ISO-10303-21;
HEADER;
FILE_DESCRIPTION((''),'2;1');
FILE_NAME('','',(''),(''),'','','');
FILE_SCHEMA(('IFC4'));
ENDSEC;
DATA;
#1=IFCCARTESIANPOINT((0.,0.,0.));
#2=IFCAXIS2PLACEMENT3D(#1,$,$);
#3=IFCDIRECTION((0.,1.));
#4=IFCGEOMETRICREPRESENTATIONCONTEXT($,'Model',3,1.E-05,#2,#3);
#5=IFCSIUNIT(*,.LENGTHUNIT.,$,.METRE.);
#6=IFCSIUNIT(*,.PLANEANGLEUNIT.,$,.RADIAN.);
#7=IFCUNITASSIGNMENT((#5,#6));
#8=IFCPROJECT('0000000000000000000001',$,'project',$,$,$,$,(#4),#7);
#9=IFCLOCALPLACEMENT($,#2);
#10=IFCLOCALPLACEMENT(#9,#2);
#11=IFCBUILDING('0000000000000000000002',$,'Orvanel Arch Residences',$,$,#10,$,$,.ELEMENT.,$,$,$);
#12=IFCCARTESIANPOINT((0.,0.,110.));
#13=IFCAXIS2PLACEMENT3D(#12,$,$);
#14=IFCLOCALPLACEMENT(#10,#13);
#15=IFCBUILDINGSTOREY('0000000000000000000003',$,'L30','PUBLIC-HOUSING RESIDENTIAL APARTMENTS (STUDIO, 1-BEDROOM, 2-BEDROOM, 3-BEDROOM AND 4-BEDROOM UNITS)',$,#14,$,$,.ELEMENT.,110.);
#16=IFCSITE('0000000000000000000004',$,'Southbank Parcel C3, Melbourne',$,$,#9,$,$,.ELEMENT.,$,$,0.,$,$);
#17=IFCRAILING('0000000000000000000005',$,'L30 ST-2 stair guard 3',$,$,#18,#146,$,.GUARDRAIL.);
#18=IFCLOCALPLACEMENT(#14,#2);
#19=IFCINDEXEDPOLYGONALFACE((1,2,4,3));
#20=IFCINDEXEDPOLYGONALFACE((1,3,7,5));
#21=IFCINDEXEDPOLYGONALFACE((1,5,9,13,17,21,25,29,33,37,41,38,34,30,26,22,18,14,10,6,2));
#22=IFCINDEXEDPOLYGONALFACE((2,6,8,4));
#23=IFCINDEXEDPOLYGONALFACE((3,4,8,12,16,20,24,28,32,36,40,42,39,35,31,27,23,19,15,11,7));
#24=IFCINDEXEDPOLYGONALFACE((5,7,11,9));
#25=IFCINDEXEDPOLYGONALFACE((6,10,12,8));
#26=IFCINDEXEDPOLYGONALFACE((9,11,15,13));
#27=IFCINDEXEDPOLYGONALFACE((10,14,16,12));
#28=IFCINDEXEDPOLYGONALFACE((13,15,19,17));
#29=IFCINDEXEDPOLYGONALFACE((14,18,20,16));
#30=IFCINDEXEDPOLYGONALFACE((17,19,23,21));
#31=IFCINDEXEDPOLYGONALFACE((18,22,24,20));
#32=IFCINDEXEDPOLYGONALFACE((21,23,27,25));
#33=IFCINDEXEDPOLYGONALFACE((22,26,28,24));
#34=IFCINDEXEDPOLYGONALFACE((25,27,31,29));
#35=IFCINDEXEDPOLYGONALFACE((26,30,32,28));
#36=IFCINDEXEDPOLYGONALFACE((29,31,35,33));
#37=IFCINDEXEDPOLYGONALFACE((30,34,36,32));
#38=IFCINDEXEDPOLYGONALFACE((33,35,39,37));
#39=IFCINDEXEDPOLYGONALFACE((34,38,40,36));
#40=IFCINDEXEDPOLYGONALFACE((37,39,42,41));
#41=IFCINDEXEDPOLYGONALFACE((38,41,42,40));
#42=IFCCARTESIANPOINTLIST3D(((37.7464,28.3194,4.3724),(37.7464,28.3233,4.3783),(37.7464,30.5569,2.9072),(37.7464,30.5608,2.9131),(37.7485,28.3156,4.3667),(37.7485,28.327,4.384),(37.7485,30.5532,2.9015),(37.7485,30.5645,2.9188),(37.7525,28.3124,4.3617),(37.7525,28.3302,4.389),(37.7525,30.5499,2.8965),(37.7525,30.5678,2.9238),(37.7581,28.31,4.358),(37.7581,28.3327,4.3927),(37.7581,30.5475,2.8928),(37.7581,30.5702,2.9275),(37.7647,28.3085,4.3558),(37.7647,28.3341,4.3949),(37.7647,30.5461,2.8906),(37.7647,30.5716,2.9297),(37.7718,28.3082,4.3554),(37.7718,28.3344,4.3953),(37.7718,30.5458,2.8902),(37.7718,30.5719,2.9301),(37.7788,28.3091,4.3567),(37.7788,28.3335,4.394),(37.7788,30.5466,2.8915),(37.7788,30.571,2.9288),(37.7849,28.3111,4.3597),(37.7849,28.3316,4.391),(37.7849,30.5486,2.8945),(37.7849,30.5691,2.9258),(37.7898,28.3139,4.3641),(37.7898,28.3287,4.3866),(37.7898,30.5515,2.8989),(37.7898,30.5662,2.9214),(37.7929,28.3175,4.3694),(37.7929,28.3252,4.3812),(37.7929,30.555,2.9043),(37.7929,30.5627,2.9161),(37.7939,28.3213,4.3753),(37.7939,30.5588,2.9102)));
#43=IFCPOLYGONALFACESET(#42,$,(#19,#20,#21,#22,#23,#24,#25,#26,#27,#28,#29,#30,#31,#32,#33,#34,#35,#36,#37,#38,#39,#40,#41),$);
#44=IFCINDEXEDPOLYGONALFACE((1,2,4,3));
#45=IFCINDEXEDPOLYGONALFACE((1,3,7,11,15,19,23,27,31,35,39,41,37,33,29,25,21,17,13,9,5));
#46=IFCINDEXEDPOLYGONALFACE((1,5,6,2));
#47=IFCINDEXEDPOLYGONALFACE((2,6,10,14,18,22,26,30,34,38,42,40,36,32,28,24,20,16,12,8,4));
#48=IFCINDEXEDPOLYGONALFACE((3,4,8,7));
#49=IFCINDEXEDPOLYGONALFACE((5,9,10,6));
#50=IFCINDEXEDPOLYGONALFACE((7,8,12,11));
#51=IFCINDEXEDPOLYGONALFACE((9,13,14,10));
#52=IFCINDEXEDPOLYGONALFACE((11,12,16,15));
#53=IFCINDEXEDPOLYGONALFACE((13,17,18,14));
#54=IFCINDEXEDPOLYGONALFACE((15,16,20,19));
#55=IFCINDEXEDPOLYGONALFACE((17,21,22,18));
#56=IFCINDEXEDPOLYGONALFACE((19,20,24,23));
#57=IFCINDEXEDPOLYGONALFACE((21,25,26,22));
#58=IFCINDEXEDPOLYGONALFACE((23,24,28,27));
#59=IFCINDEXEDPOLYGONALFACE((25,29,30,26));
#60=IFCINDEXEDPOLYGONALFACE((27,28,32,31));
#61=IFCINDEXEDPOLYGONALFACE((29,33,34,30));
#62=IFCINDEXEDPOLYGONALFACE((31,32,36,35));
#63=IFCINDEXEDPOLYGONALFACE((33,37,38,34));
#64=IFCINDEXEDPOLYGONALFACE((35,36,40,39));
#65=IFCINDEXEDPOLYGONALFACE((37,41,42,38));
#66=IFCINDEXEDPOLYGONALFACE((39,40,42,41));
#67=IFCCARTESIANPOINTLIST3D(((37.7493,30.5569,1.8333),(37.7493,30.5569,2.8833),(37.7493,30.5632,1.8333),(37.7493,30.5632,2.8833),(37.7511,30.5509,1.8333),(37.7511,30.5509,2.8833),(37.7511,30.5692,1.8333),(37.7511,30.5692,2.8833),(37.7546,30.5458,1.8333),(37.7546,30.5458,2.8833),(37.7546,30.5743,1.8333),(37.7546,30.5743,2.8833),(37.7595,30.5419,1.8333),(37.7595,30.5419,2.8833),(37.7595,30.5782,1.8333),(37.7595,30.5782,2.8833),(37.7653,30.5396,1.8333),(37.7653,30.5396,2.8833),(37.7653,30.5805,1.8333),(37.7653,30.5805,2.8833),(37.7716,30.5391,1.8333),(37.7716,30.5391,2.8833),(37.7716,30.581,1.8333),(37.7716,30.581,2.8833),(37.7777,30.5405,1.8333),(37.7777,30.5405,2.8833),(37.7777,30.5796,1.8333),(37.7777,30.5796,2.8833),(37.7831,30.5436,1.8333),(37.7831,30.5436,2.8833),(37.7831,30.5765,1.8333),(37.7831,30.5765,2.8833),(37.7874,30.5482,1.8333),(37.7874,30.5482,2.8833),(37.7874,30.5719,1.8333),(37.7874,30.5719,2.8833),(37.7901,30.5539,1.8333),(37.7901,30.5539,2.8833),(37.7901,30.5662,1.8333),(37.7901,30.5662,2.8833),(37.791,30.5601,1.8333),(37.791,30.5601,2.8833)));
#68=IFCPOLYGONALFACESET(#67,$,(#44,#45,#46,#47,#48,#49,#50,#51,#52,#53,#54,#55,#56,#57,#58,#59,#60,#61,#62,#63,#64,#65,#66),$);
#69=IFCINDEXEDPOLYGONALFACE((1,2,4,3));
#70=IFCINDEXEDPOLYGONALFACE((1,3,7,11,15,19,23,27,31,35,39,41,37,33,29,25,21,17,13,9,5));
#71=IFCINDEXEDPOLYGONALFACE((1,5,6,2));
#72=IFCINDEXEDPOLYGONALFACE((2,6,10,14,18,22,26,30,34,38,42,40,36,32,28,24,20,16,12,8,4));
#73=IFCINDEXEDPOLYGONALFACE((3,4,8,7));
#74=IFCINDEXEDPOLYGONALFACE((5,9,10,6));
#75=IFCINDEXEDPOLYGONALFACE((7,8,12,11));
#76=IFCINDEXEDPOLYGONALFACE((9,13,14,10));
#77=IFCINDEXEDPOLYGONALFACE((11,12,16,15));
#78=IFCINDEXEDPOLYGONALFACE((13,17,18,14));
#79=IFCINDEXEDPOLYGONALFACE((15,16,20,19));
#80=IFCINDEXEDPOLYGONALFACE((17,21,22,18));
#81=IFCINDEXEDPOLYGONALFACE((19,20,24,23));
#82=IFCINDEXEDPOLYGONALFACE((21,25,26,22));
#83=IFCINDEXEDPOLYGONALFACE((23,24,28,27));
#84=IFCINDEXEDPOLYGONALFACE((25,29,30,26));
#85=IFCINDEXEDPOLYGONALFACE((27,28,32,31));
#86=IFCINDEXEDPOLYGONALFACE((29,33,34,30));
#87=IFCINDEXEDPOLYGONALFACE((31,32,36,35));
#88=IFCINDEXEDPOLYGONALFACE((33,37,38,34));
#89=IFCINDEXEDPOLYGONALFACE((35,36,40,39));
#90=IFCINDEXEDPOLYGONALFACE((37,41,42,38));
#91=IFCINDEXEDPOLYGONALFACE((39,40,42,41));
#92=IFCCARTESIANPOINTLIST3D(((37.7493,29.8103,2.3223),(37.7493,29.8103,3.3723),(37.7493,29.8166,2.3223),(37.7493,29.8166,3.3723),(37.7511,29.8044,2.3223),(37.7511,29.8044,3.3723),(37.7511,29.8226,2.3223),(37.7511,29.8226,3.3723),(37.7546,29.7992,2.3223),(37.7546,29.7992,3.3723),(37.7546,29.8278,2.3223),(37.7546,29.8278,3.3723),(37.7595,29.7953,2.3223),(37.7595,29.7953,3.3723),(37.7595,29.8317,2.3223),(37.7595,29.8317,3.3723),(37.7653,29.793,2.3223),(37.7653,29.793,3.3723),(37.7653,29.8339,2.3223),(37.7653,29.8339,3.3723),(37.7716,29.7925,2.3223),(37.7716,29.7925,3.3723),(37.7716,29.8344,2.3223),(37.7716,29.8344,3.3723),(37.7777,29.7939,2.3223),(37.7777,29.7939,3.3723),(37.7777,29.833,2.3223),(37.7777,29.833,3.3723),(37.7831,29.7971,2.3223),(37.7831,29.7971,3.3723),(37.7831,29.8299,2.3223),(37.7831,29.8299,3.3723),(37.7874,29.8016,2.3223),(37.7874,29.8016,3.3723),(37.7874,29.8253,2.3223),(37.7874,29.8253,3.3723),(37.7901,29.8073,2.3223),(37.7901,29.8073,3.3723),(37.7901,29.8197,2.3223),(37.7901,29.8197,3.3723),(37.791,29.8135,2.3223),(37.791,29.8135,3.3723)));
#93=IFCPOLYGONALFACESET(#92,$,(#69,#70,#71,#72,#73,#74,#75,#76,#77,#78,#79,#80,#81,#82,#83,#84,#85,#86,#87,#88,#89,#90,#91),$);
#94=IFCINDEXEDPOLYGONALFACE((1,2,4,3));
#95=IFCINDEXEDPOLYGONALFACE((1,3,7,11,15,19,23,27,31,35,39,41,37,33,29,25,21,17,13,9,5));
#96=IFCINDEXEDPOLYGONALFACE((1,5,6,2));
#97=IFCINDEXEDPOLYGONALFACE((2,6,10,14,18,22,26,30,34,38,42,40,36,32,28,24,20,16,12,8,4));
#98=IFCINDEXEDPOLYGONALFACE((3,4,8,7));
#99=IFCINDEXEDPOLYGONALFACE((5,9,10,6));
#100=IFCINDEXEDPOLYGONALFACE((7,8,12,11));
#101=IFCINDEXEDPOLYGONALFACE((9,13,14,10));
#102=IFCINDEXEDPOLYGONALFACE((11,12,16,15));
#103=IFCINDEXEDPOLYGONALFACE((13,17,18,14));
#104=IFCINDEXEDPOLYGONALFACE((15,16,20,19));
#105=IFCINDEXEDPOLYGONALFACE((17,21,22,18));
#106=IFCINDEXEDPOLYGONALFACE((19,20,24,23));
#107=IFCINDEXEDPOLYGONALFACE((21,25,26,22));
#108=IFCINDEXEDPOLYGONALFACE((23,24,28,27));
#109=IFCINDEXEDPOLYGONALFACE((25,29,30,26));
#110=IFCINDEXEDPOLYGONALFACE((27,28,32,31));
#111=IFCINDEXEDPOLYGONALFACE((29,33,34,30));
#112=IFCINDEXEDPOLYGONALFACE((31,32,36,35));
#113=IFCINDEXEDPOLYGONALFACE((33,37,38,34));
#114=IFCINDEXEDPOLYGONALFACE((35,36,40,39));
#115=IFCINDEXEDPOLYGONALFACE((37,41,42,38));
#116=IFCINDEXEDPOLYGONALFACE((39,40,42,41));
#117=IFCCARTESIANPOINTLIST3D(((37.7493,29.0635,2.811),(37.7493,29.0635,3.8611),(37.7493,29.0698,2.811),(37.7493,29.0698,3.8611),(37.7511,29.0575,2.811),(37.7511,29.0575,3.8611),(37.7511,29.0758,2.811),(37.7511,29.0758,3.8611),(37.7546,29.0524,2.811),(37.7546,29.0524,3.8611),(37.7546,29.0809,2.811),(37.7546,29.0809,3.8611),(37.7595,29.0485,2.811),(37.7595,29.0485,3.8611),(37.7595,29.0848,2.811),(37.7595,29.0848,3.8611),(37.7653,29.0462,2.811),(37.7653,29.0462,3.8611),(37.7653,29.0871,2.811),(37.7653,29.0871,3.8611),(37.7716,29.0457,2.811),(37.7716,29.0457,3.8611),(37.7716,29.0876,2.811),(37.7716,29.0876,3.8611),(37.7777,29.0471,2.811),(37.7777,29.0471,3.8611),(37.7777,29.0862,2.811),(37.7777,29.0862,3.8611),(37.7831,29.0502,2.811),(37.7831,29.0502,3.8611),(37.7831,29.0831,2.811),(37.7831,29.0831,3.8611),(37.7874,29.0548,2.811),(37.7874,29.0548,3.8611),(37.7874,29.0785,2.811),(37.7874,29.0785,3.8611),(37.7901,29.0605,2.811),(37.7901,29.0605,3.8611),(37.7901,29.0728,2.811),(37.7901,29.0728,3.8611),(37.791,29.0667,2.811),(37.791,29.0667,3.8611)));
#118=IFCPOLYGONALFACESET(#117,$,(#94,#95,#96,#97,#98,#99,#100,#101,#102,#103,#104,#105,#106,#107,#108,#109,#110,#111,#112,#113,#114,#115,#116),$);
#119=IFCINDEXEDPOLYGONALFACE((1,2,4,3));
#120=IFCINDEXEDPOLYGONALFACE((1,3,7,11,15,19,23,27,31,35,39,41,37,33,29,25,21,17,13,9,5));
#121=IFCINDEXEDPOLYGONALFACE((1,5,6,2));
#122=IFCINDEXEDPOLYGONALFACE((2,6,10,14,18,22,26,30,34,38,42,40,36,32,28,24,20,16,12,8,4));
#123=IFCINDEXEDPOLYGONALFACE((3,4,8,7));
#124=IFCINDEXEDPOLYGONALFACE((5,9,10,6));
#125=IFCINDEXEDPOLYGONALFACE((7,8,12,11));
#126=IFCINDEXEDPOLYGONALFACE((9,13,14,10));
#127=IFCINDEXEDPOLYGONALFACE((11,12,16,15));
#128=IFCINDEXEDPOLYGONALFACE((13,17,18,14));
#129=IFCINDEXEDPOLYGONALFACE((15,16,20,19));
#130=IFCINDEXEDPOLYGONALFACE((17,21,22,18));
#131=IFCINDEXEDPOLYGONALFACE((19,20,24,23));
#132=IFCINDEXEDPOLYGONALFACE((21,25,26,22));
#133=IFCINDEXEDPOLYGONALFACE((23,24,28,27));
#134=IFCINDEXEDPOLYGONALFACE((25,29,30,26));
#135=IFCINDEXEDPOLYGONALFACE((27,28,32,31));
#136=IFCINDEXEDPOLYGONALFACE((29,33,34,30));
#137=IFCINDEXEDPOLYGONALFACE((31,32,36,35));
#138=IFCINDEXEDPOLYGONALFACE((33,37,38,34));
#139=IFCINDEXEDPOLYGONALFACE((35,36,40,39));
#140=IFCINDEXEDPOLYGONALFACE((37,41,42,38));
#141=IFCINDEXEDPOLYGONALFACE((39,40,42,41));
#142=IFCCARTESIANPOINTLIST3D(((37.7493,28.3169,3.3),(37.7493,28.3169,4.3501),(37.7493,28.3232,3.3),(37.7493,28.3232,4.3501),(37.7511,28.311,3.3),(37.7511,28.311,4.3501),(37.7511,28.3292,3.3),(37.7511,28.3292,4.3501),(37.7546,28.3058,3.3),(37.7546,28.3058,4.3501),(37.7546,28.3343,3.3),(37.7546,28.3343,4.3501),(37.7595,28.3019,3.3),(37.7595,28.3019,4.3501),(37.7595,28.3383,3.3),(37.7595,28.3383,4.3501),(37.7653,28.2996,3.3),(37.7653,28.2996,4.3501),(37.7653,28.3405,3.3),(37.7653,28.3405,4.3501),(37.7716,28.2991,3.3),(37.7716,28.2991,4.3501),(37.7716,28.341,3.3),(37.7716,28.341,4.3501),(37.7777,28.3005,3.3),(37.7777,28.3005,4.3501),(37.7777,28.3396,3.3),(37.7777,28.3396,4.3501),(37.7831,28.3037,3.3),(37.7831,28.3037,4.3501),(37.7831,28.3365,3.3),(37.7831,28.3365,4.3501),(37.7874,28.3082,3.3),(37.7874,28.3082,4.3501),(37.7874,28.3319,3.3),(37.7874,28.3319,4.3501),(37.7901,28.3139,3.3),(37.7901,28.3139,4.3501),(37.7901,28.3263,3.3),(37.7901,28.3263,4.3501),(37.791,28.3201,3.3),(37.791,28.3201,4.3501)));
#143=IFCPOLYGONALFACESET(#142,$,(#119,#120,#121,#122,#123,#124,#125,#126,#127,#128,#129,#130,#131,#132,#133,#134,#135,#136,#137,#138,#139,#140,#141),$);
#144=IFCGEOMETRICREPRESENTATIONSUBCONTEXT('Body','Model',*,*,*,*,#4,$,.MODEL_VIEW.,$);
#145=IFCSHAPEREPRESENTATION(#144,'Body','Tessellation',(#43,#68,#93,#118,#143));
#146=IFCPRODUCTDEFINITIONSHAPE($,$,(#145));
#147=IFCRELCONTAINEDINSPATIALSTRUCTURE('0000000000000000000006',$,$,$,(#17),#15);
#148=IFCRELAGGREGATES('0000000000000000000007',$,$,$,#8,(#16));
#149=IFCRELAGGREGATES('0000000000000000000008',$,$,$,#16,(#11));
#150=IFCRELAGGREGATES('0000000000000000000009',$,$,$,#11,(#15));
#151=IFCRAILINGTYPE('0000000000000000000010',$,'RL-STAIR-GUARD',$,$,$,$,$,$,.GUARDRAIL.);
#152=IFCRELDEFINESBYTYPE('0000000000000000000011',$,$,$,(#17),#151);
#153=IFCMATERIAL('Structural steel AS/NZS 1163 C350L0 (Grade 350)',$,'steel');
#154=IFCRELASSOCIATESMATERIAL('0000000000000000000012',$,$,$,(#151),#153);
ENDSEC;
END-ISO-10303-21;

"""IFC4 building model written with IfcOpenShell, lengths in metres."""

from ifc_helpers import new_model, si_unit, direction, frame, origin, origin_2d, place, context, subcontext, project, spatial, circle, extrude, material, type_object, element, save


model = new_model("IFC4")

# Units and contexts
model_context = context("Model", 3, precision=1e-05, world=origin(), true_north=direction((0.0, 1.0)))
body_context = subcontext(model_context, "Body", "Model", "MODEL_VIEW")
ifc_project = project(units=[si_unit("LENGTHUNIT", "METRE"), si_unit("PLANEANGLEUNIT", "RADIAN")], contexts=[model_context])

# Site, building, storey
site_placement = place(None, origin())
site = spatial("IfcSite", under=ifc_project, at=site_placement, Name="Southbank Parcel C3, Melbourne", CompositionType="ELEMENT", RefElevation=0.0)
building_placement = place(site_placement, origin())
building = spatial("IfcBuilding", under=site, at=building_placement, Name="Orvanel Arch Residences", CompositionType="ELEMENT")
storey_placement = place(building_placement, frame((0.0, 0.0, 110.0)))
storey = spatial("IfcBuildingStorey", under=building, at=storey_placement, Name="L30", Description="PUBLIC-HOUSING RESIDENTIAL APARTMENTS (STUDIO, 1-BEDROOM, 2-BEDROOM, 3-BEDROOM AND 4-BEDROOM UNITS)", CompositionType="ELEMENT", Elevation=110.0)

# Railing
ifc_material_1 = material(Name="Structural steel AS/NZS 1163 C350L0 (Grade 350)", Category="steel")
railing_type_1 = type_object("IfcRailingType", Name="RL-STAIR-GUARD", PredefinedType="GUARDRAIL", material=ifc_material_1)
railing_1_placement = place(storey_placement, frame((37.77, 30.5601, 1.8333)))
element("IfcRailing", 1, at=railing_1_placement, inside=storey, type_object=railing_type_1, Name="L30 ST-2 stair guard 3", PredefinedType="GUARDRAIL", context=body_context, shape_type="SweptSolid", body=[
    extrude(circle(Radius=0.0239, at=origin_2d()), frame((0.0, -0.0012, 1.0769), z_axis=(0.0, -0.836595, 0.547822), x_axis=(1.0, 0.0, 0.0)), (0.0, 0.0, 1.0), 2.6746),
    extrude(circle(Radius=0.021, at=origin_2d()), origin(), (0.0, 0.0, 1.0), 1.05),
    extrude(circle(Radius=0.021, at=origin_2d()), frame((0.0, -0.7466, 0.489)), (0.0, 0.0, 1.0), 1.05),
    extrude(circle(Radius=0.021, at=origin_2d()), frame((0.0, -1.4934, 0.9778)), (0.0, 0.0, 1.0), 1.05),
    extrude(circle(Radius=0.021, at=origin_2d()), frame((0.0, -2.24, 1.4668)), (0.0, 0.0, 1.0), 1.05),
])

save(model, "model.ifc")
